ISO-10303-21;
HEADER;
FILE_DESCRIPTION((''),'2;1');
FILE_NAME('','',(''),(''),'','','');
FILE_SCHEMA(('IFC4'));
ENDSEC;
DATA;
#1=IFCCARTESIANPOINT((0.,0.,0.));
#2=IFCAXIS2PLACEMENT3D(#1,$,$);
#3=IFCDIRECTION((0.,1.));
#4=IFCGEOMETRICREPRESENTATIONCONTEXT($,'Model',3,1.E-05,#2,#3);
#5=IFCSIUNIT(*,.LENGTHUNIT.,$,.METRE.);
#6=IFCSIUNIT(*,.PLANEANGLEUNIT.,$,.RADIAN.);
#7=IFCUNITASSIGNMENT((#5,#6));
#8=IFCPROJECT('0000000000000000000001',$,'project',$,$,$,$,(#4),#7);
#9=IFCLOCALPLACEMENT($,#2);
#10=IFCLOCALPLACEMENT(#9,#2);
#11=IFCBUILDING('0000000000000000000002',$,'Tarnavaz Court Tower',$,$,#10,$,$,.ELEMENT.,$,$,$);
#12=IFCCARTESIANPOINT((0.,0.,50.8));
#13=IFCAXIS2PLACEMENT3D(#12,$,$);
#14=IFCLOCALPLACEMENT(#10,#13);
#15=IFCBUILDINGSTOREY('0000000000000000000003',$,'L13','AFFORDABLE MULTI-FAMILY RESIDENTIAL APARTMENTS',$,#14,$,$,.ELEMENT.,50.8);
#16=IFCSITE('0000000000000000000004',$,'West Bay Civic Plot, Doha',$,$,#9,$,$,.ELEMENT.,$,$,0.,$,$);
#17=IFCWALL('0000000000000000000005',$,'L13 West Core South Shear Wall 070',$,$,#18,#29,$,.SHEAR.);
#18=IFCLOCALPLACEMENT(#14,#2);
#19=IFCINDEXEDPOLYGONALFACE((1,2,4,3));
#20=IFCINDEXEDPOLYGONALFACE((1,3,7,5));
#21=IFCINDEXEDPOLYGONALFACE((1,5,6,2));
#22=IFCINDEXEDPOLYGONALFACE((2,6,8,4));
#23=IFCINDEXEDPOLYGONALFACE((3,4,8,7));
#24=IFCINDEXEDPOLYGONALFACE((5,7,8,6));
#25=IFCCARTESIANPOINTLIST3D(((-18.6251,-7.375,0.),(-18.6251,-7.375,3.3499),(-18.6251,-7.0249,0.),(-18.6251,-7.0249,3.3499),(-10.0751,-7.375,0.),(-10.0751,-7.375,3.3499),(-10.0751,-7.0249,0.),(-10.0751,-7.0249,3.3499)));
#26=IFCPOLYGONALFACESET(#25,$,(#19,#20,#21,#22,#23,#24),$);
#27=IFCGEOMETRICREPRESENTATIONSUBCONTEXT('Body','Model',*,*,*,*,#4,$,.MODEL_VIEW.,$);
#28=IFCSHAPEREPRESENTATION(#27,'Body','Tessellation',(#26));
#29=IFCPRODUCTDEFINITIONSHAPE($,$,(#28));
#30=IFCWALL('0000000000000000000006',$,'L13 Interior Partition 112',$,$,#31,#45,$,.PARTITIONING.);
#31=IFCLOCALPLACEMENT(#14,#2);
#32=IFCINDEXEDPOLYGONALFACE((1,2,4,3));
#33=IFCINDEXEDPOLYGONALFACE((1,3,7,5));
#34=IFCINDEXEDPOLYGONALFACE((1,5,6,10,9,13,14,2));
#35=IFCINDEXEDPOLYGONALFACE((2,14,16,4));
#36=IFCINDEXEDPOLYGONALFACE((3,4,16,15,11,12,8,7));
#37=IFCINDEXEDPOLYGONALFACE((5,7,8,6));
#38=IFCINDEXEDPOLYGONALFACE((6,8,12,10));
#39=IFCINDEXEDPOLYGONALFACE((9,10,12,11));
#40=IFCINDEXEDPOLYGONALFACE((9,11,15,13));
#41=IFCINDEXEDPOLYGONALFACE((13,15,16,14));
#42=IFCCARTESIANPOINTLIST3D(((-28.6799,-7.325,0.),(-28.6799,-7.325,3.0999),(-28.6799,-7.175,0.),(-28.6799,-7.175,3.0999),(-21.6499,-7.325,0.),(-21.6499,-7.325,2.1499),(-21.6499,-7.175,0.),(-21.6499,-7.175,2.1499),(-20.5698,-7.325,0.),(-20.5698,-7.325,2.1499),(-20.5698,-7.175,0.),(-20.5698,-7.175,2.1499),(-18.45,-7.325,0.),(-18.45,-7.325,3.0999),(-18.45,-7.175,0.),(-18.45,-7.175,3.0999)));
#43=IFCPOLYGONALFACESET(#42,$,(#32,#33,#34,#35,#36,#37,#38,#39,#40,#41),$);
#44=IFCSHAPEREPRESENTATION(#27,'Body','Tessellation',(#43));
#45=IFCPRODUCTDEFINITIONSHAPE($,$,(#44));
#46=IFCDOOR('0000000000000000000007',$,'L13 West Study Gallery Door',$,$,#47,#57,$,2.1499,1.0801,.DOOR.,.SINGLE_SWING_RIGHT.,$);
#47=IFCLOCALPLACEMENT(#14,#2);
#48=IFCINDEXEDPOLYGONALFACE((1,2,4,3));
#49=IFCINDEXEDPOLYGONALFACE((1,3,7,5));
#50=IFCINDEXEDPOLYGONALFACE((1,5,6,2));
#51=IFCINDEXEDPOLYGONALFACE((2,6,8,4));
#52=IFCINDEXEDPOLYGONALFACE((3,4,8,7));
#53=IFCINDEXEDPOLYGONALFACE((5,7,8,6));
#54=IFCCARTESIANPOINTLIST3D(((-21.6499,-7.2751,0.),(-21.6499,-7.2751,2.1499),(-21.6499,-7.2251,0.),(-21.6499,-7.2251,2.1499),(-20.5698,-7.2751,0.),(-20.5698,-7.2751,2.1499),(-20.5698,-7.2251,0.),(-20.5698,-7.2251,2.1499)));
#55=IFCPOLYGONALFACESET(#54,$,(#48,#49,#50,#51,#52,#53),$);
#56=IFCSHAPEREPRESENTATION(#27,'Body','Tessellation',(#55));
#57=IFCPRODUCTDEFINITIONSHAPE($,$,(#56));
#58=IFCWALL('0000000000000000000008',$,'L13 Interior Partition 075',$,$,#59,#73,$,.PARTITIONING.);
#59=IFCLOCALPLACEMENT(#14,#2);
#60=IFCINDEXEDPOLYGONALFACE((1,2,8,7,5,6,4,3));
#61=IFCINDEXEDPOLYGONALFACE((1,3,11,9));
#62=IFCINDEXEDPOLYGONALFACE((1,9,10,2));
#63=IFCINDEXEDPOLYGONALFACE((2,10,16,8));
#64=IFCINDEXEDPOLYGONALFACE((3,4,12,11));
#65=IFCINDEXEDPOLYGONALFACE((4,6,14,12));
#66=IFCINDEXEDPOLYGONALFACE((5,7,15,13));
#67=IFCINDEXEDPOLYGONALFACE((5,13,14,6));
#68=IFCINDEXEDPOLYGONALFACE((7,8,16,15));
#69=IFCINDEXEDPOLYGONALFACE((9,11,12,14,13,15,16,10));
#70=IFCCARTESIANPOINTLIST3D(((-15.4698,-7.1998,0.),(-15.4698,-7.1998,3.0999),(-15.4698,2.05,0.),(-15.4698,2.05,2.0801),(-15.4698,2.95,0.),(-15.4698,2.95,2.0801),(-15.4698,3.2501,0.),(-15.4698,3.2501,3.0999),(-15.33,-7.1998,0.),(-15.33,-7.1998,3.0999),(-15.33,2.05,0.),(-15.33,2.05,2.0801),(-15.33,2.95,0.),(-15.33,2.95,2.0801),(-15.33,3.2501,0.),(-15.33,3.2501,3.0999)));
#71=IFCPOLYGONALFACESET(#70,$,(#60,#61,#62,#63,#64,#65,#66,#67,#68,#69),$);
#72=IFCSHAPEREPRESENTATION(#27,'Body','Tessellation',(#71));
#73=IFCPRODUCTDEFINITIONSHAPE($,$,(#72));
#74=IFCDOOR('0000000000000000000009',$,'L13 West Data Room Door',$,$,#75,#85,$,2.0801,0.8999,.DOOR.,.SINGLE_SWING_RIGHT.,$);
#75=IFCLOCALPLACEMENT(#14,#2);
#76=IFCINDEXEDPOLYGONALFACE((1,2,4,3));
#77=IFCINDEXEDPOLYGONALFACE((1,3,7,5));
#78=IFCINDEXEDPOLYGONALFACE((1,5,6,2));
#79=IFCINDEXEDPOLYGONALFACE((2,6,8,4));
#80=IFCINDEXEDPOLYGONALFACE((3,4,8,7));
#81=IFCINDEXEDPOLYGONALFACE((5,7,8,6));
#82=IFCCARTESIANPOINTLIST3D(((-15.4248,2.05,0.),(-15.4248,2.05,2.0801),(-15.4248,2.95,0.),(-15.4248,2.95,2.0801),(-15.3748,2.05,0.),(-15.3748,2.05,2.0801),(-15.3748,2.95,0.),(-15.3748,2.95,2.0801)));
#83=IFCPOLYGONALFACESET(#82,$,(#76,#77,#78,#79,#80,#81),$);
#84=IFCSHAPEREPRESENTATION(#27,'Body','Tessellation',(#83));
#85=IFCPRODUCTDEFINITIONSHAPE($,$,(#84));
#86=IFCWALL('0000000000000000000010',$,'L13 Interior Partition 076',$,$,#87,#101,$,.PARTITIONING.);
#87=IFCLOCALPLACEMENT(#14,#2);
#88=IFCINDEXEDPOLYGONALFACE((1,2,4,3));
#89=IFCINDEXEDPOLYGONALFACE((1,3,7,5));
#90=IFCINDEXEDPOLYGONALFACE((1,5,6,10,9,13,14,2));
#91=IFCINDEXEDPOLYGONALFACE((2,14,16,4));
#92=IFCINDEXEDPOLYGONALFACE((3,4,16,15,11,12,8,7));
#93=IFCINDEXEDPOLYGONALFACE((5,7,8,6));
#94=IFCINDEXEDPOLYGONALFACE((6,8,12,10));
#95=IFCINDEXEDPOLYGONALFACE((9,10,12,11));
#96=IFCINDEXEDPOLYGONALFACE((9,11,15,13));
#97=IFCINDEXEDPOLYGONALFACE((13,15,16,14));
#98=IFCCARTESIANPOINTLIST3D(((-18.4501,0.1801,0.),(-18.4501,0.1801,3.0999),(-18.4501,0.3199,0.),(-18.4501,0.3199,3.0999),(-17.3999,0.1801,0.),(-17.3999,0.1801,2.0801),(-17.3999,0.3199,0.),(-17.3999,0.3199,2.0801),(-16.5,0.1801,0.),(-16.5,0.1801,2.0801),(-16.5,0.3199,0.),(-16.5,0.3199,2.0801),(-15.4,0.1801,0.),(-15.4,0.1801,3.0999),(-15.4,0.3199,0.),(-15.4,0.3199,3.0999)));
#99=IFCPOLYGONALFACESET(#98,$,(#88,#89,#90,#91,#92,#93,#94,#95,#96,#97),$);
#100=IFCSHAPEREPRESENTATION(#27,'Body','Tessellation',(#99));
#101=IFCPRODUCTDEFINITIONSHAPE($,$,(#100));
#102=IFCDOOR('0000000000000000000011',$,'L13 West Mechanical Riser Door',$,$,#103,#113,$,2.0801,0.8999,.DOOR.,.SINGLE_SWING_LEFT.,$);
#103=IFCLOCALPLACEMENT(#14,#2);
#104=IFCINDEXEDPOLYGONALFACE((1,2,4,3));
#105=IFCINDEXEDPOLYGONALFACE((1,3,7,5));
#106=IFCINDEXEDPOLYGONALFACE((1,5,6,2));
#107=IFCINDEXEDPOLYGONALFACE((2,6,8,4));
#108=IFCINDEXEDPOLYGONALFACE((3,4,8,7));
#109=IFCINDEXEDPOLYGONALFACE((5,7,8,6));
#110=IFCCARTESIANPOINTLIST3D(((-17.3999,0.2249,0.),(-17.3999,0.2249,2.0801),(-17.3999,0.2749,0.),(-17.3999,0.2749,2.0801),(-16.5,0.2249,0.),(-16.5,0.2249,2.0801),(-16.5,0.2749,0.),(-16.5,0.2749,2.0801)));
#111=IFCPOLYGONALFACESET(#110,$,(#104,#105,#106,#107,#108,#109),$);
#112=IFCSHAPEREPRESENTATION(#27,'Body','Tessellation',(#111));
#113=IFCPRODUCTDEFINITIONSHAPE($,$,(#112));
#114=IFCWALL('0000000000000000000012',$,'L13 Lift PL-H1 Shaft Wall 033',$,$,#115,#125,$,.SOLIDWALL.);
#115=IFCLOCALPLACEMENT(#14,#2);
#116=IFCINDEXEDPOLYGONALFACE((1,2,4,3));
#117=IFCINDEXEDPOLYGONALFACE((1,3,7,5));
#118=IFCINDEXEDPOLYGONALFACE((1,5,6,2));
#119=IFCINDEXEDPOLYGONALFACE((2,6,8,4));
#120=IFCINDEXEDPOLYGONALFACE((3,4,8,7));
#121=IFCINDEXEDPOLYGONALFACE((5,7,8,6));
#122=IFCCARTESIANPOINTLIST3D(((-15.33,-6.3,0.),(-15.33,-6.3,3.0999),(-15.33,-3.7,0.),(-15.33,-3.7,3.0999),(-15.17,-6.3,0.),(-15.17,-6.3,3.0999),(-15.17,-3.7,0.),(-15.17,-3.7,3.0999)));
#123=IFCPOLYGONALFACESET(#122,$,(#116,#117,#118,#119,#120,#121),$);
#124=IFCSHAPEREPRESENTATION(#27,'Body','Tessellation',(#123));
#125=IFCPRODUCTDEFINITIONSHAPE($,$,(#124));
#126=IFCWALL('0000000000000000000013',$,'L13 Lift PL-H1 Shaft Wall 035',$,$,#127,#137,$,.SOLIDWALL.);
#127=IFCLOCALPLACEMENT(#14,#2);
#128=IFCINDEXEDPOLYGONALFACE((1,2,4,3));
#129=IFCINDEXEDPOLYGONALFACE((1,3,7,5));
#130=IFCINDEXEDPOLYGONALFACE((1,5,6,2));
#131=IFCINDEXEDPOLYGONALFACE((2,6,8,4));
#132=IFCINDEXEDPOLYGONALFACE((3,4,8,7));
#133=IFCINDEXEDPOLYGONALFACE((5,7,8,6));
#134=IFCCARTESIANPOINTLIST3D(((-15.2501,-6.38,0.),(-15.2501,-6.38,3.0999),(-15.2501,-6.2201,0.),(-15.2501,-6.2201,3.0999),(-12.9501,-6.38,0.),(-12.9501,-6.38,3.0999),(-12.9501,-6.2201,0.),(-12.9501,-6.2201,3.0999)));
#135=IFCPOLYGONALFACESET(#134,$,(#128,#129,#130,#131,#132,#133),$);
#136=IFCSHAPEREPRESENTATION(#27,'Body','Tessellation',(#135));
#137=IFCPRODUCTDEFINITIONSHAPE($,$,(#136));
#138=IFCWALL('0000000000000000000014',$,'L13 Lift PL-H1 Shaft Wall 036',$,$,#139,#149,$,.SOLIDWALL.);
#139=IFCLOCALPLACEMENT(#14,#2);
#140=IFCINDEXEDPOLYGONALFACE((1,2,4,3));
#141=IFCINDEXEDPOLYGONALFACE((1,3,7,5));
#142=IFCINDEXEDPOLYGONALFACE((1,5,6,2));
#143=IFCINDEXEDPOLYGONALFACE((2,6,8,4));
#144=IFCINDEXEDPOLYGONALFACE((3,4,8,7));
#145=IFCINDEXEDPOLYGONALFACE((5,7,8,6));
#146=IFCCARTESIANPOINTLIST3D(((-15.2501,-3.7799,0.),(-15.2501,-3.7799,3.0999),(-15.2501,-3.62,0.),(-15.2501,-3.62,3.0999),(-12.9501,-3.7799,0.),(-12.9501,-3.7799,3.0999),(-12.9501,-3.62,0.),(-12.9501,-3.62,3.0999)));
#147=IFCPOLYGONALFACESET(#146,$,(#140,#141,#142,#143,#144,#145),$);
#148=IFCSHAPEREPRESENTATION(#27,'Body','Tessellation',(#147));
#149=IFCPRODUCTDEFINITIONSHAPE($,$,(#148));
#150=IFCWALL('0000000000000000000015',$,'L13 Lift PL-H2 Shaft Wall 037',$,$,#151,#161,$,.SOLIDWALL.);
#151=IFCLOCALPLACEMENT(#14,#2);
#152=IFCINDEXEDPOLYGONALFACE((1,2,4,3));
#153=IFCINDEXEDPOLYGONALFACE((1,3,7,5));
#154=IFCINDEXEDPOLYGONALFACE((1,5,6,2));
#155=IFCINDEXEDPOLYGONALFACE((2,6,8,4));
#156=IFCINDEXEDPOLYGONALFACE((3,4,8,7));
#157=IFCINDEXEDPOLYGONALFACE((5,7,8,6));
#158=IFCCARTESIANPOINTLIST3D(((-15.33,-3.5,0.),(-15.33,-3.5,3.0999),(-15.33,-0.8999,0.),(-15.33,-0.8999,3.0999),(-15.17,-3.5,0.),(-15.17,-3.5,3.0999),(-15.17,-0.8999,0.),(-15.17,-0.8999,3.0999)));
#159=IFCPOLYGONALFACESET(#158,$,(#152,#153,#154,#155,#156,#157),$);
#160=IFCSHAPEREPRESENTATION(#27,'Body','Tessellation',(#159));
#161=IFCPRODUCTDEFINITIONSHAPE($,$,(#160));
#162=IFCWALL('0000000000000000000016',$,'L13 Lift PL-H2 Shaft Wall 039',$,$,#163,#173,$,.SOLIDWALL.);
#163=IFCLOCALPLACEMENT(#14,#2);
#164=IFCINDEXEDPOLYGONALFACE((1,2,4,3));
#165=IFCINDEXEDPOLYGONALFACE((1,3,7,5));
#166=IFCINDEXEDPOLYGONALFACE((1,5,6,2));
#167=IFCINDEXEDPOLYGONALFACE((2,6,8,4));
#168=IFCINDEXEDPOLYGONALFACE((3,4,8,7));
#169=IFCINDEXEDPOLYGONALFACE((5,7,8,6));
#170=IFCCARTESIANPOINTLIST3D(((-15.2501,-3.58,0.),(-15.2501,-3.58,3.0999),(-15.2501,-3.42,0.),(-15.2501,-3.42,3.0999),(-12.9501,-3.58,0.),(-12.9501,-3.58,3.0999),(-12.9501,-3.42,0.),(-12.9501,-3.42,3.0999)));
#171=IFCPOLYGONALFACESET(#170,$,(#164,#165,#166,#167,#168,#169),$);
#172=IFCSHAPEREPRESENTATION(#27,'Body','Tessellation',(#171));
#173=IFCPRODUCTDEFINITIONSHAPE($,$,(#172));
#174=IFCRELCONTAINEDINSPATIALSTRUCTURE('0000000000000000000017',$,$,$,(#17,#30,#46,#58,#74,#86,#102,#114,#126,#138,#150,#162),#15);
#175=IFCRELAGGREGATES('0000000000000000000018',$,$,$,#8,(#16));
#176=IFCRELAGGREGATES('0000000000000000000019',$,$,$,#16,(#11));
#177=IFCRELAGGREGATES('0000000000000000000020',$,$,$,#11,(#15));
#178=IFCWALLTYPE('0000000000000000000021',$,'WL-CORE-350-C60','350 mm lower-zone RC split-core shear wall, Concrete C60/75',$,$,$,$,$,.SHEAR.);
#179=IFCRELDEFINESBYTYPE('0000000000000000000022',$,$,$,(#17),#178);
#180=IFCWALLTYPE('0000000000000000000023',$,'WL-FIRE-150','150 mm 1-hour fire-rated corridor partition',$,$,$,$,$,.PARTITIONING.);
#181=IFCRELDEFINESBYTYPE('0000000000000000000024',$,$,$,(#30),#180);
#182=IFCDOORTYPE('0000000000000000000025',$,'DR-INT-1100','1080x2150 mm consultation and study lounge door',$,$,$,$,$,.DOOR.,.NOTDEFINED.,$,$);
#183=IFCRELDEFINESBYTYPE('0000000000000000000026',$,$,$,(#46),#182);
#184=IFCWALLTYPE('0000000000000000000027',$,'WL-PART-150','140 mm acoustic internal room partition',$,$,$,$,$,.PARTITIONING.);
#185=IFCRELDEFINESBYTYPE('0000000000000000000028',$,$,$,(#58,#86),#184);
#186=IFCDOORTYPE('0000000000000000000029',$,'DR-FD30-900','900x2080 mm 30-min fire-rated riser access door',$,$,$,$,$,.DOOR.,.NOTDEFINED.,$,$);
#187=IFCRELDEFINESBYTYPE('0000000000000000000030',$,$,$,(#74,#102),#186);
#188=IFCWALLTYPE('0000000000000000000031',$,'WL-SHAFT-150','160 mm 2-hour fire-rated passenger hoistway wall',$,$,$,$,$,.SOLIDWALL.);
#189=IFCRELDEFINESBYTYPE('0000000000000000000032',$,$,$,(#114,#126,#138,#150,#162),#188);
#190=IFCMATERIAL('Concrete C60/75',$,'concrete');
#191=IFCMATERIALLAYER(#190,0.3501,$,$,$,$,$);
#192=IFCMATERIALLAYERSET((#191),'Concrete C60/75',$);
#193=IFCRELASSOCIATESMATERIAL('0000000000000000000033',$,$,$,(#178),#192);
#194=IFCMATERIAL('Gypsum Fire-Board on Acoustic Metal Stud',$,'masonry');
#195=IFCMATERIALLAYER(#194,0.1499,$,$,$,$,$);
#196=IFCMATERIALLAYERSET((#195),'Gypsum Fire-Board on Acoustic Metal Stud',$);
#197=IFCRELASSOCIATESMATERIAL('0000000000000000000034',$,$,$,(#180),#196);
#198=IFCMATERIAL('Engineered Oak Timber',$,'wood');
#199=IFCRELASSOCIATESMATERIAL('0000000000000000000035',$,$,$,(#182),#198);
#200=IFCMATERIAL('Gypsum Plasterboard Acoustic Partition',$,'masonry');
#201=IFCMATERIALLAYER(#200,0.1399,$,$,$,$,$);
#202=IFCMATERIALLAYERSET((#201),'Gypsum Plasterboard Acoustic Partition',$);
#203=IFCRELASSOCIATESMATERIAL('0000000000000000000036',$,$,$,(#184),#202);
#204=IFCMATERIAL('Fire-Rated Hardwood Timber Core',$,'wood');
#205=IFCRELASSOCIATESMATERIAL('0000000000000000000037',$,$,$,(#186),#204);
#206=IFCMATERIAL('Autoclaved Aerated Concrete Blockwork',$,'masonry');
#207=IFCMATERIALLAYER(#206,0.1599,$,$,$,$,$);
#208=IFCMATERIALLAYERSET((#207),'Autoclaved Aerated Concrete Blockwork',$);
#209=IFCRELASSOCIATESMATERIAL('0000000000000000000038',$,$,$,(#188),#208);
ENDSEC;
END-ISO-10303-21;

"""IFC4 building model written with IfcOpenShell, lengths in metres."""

from ifc_helpers import new_model, si_unit, direction, frame, frame_2d, origin, place, context, subcontext, project, spatial, rectangle, extrude, material, layer, layer_set, type_object, element, fill, save


model = new_model("IFC4")

# Units and contexts
model_context = context("Model", 3, precision=1e-05, world=origin(), true_north=direction((0.0, 1.0)))
body_context = subcontext(model_context, "Body", "Model", "MODEL_VIEW")
ifc_project = project(units=[si_unit("LENGTHUNIT", "METRE"), si_unit("PLANEANGLEUNIT", "RADIAN")], contexts=[model_context])

# Site, building, storey
site_placement = place(None, origin())
site = spatial("IfcSite", under=ifc_project, at=site_placement, Name="West Bay Civic Plot, Doha", CompositionType="ELEMENT", RefElevation=0.0)
building_placement = place(site_placement, origin())
building = spatial("IfcBuilding", under=site, at=building_placement, Name="Tarnavaz Court Tower", CompositionType="ELEMENT")
storey_placement = place(building_placement, frame((0.0, 0.0, 50.8)))
storey = spatial("IfcBuildingStorey", under=building, at=storey_placement, Name="L13", Description="AFFORDABLE MULTI-FAMILY RESIDENTIAL APARTMENTS", CompositionType="ELEMENT", Elevation=50.8)

# Shared definitions
ifc_material_1 = material(Name="Concrete C60/75", Category="concrete")

# Wall
ifc_layer_1 = layer(ifc_material_1, 0.3501)
ifc_layer_set_1 = layer_set([ifc_layer_1], Name="Concrete C60/75")
wall_type_1 = type_object("IfcWallType", Name="WL-CORE-350-C60", Description="350 mm lower-zone RC split-core shear wall, Concrete C60/75", PredefinedType="SHEAR", material=ifc_layer_set_1)
wall_1_placement = place(storey_placement, frame((-18.625, -7.2, 0.0), z_axis=(0.0, 0.0, 1.0), x_axis=(1.0, 0.0, 0.0)))
element("IfcWall", 1, at=wall_1_placement, inside=storey, type_object=wall_type_1, Name="L13 West Core South Shear Wall 070", PredefinedType="SHEAR", context=body_context, shape_type="SweptSolid", body=[
    extrude(rectangle(XDim=8.55, YDim=0.3501, at=frame_2d((4.2749, 0.0))), origin(), (0.0, 0.0, 1.0), 3.3499),
])

# Walls, openings, doors
ifc_material_2 = material(Name="Gypsum Fire-Board on Acoustic Metal Stud", Category="masonry")
ifc_layer_2 = layer(ifc_material_2, 0.1499)
ifc_layer_set_2 = layer_set([ifc_layer_2], Name="Gypsum Fire-Board on Acoustic Metal Stud")
wall_type_2 = type_object("IfcWallType", Name="WL-FIRE-150", Description="150 mm 1-hour fire-rated corridor partition", PredefinedType="PARTITIONING", material=ifc_layer_set_2)
wall_2_placement = place(storey_placement, frame((-28.6799, -7.25, 0.0), z_axis=(0.0, 0.0, 1.0), x_axis=(1.0, 0.0, 0.0)))
wall_2 = element("IfcWall", 2, at=wall_2_placement, inside=storey, type_object=wall_type_2, Name="L13 Interior Partition 112", PredefinedType="PARTITIONING", context=body_context, shape_type="SweptSolid", body=[
    extrude(rectangle(XDim=10.23, YDim=0.1499, at=frame_2d((5.115, 0.0))), origin(), (0.0, 0.0, 1.0), 3.0999),
])
opening_1_placement = place(wall_2_placement, frame((7.03, 0.0, 0.0)))
opening_1 = element("IfcOpeningElement", 3, at=opening_1_placement, cuts=wall_2, PredefinedType="OPENING", context=body_context, shape_type="SweptSolid", body=[
    extrude(rectangle(XDim=1.0801, YDim=2.1499, at=frame_2d((0.54, 1.075))), frame((0.0, 0.085, 0.0), z_axis=(0.0, -1.0, 0.0), x_axis=(1.0, 0.0, 0.0)), (0.0, 0.0, 1.0), 0.1699),
])
ifc_material_3 = material(Name="Engineered Oak Timber", Category="wood")
door_type_1 = type_object("IfcDoorType", Name="DR-INT-1100", Description="1080x2150 mm consultation and study lounge door", OperationType="NOTDEFINED", PredefinedType="DOOR", material=ifc_material_3)
door_1_placement = place(opening_1_placement, origin())
door_1 = element("IfcDoor", 4, at=door_1_placement, inside=storey, type_object=door_type_1, Name="L13 West Study Gallery Door", OperationType="SINGLE_SWING_RIGHT", OverallHeight=2.1499, OverallWidth=1.0801, PredefinedType="DOOR", context=body_context, shape_type="SweptSolid", body=[
    extrude(rectangle(XDim=1.0801, YDim=2.1499, at=frame_2d((0.54, 1.075))), frame((0.0, 0.0249, 0.0), z_axis=(0.0, -1.0, 0.0), x_axis=(1.0, 0.0, 0.0)), (0.0, 0.0, 1.0), 0.05),
])
fill(opening_1, door_1)
ifc_material_4 = material(Name="Gypsum Plasterboard Acoustic Partition", Category="masonry")
ifc_layer_3 = layer(ifc_material_4, 0.1399)
ifc_layer_set_3 = layer_set([ifc_layer_3], Name="Gypsum Plasterboard Acoustic Partition")
wall_type_3 = type_object("IfcWallType", Name="WL-PART-150", Description="140 mm acoustic internal room partition", PredefinedType="PARTITIONING", material=ifc_layer_set_3)
wall_3_placement = place(storey_placement, frame((-15.3999, -7.2, 0.0), z_axis=(0.0, 0.0, 1.0), x_axis=(0.0, 1.0, 0.0)))
wall_3 = element("IfcWall", 5, at=wall_3_placement, inside=storey, type_object=wall_type_3, Name="L13 Interior Partition 075", PredefinedType="PARTITIONING", context=body_context, shape_type="SweptSolid", body=[
    extrude(rectangle(XDim=10.45, YDim=0.1399, at=frame_2d((5.2251, 0.0))), origin(), (0.0, 0.0, 1.0), 3.0999),
])
opening_2_placement = place(wall_3_placement, frame((9.25, 0.0, 0.0)))
opening_2 = element("IfcOpeningElement", 6, at=opening_2_placement, cuts=wall_3, PredefinedType="OPENING", context=body_context, shape_type="SweptSolid", body=[
    extrude(rectangle(XDim=0.8999, YDim=2.0801, at=frame_2d((0.45, 1.04))), frame((0.0, 0.0798, 0.0), z_axis=(0.0, -1.0, 0.0), x_axis=(1.0, 0.0, 0.0)), (0.0, 0.0, 1.0), 0.1599),
])
ifc_material_5 = material(Name="Fire-Rated Hardwood Timber Core", Category="wood")
door_type_2 = type_object("IfcDoorType", Name="DR-FD30-900", Description="900x2080 mm 30-min fire-rated riser access door", OperationType="NOTDEFINED", PredefinedType="DOOR", material=ifc_material_5)
door_2_placement = place(opening_2_placement, origin())
door_2 = element("IfcDoor", 7, at=door_2_placement, inside=storey, type_object=door_type_2, Name="L13 West Data Room Door", OperationType="SINGLE_SWING_RIGHT", OverallHeight=2.0801, OverallWidth=0.8999, PredefinedType="DOOR", context=body_context, shape_type="SweptSolid", body=[
    extrude(rectangle(XDim=0.8999, YDim=2.0801, at=frame_2d((0.45, 1.04))), frame((0.0, 0.0249, 0.0), z_axis=(0.0, -1.0, 0.0), x_axis=(1.0, 0.0, 0.0)), (0.0, 0.0, 1.0), 0.05),
])
fill(opening_2, door_2)
wall_4_placement = place(storey_placement, frame((-18.45, 0.25, 0.0), z_axis=(0.0, 0.0, 1.0), x_axis=(1.0, 0.0, 0.0)))
wall_4 = element("IfcWall", 8, at=wall_4_placement, inside=storey, type_object=wall_type_3, Name="L13 Interior Partition 076", PredefinedType="PARTITIONING", context=body_context, shape_type="SweptSolid", body=[
    extrude(rectangle(XDim=3.05, YDim=0.1399, at=frame_2d((1.5249, 0.0))), origin(), (0.0, 0.0, 1.0), 3.0999),
])
opening_3_placement = place(wall_4_placement, frame((1.05, 0.0, 0.0)))
opening_3 = element("IfcOpeningElement", 9, at=opening_3_placement, cuts=wall_4, PredefinedType="OPENING", context=body_context, shape_type="SweptSolid", body=[
    extrude(rectangle(XDim=0.8999, YDim=2.0801, at=frame_2d((0.45, 1.04))), frame((0.0, 0.0798, 0.0), z_axis=(0.0, -1.0, 0.0), x_axis=(1.0, 0.0, 0.0)), (0.0, 0.0, 1.0), 0.1599),
])
door_3_placement = place(opening_3_placement, origin())
door_3 = element("IfcDoor", 10, at=door_3_placement, inside=storey, type_object=door_type_2, Name="L13 West Mechanical Riser Door", OperationType="SINGLE_SWING_LEFT", OverallHeight=2.0801, OverallWidth=0.8999, PredefinedType="DOOR", context=body_context, shape_type="SweptSolid", body=[
    extrude(rectangle(XDim=0.8999, YDim=2.0801, at=frame_2d((0.45, 1.04))), frame((0.0, 0.0249, 0.0), z_axis=(0.0, -1.0, 0.0), x_axis=(1.0, 0.0, 0.0)), (0.0, 0.0, 1.0), 0.05),
])
fill(opening_3, door_3)

# Walls
ifc_material_6 = material(Name="Autoclaved Aerated Concrete Blockwork", Category="masonry")
ifc_layer_4 = layer(ifc_material_6, 0.1599)
ifc_layer_set_4 = layer_set([ifc_layer_4], Name="Autoclaved Aerated Concrete Blockwork")
wall_type_4 = type_object("IfcWallType", Name="WL-SHAFT-150", Description="160 mm 2-hour fire-rated passenger hoistway wall", PredefinedType="SOLIDWALL", material=ifc_layer_set_4)
wall_5_placement = place(storey_placement, frame((-15.25, -6.3, 0.0), z_axis=(0.0, 0.0, 1.0), x_axis=(0.0, 1.0, 0.0)))
element("IfcWall", 11, at=wall_5_placement, inside=storey, type_object=wall_type_4, Name="L13 Lift PL-H1 Shaft Wall 033", PredefinedType="SOLIDWALL", context=body_context, shape_type="SweptSolid", body=[
    extrude(rectangle(XDim=2.6001, YDim=0.1599, at=frame_2d((1.3, 0.0))), origin(), (0.0, 0.0, 1.0), 3.0999),
])
for number, where, z_axis, x_axis, name in (
    (12, (-15.25, -6.3, 0.0), (0.0, 0.0, 1.0), (1.0, 0.0, 0.0), "L13 Lift PL-H1 Shaft Wall 035"),
    (13, (-15.25, -3.7, 0.0), (0.0, 0.0, 1.0), (1.0, 0.0, 0.0), "L13 Lift PL-H1 Shaft Wall 036"),
):
    element("IfcWall", number, at=place(storey_placement, frame(where, z_axis=z_axis, x_axis=x_axis)), inside=storey, type_object=wall_type_4, Name=name, PredefinedType="SOLIDWALL", context=body_context, shape_type="SweptSolid", body=[
        extrude(rectangle(XDim=2.3, YDim=0.1599, at=frame_2d((1.1499, 0.0))), origin(), (0.0, 0.0, 1.0), 3.0999),
    ])
wall_6_placement = place(storey_placement, frame((-15.25, -3.5, 0.0), z_axis=(0.0, 0.0, 1.0), x_axis=(0.0, 1.0, 0.0)))
element("IfcWall", 14, at=wall_6_placement, inside=storey, type_object=wall_type_4, Name="L13 Lift PL-H2 Shaft Wall 037", PredefinedType="SOLIDWALL", context=body_context, shape_type="SweptSolid", body=[
    extrude(rectangle(XDim=2.6001, YDim=0.1599, at=frame_2d((1.3, 0.0))), origin(), (0.0, 0.0, 1.0), 3.0999),
])
for number, where, z_axis, x_axis, name in (
    (15, (-15.25, -3.5, 0.0), (0.0, 0.0, 1.0), (1.0, 0.0, 0.0), "L13 Lift PL-H2 Shaft Wall 039"),
):
    element("IfcWall", number, at=place(storey_placement, frame(where, z_axis=z_axis, x_axis=x_axis)), inside=storey, type_object=wall_type_4, Name=name, PredefinedType="SOLIDWALL", context=body_context, shape_type="SweptSolid", body=[
        extrude(rectangle(XDim=2.3, YDim=0.1599, at=frame_2d((1.1499, 0.0))), origin(), (0.0, 0.0, 1.0), 3.0999),
    ])

save(model, "model.ifc")
